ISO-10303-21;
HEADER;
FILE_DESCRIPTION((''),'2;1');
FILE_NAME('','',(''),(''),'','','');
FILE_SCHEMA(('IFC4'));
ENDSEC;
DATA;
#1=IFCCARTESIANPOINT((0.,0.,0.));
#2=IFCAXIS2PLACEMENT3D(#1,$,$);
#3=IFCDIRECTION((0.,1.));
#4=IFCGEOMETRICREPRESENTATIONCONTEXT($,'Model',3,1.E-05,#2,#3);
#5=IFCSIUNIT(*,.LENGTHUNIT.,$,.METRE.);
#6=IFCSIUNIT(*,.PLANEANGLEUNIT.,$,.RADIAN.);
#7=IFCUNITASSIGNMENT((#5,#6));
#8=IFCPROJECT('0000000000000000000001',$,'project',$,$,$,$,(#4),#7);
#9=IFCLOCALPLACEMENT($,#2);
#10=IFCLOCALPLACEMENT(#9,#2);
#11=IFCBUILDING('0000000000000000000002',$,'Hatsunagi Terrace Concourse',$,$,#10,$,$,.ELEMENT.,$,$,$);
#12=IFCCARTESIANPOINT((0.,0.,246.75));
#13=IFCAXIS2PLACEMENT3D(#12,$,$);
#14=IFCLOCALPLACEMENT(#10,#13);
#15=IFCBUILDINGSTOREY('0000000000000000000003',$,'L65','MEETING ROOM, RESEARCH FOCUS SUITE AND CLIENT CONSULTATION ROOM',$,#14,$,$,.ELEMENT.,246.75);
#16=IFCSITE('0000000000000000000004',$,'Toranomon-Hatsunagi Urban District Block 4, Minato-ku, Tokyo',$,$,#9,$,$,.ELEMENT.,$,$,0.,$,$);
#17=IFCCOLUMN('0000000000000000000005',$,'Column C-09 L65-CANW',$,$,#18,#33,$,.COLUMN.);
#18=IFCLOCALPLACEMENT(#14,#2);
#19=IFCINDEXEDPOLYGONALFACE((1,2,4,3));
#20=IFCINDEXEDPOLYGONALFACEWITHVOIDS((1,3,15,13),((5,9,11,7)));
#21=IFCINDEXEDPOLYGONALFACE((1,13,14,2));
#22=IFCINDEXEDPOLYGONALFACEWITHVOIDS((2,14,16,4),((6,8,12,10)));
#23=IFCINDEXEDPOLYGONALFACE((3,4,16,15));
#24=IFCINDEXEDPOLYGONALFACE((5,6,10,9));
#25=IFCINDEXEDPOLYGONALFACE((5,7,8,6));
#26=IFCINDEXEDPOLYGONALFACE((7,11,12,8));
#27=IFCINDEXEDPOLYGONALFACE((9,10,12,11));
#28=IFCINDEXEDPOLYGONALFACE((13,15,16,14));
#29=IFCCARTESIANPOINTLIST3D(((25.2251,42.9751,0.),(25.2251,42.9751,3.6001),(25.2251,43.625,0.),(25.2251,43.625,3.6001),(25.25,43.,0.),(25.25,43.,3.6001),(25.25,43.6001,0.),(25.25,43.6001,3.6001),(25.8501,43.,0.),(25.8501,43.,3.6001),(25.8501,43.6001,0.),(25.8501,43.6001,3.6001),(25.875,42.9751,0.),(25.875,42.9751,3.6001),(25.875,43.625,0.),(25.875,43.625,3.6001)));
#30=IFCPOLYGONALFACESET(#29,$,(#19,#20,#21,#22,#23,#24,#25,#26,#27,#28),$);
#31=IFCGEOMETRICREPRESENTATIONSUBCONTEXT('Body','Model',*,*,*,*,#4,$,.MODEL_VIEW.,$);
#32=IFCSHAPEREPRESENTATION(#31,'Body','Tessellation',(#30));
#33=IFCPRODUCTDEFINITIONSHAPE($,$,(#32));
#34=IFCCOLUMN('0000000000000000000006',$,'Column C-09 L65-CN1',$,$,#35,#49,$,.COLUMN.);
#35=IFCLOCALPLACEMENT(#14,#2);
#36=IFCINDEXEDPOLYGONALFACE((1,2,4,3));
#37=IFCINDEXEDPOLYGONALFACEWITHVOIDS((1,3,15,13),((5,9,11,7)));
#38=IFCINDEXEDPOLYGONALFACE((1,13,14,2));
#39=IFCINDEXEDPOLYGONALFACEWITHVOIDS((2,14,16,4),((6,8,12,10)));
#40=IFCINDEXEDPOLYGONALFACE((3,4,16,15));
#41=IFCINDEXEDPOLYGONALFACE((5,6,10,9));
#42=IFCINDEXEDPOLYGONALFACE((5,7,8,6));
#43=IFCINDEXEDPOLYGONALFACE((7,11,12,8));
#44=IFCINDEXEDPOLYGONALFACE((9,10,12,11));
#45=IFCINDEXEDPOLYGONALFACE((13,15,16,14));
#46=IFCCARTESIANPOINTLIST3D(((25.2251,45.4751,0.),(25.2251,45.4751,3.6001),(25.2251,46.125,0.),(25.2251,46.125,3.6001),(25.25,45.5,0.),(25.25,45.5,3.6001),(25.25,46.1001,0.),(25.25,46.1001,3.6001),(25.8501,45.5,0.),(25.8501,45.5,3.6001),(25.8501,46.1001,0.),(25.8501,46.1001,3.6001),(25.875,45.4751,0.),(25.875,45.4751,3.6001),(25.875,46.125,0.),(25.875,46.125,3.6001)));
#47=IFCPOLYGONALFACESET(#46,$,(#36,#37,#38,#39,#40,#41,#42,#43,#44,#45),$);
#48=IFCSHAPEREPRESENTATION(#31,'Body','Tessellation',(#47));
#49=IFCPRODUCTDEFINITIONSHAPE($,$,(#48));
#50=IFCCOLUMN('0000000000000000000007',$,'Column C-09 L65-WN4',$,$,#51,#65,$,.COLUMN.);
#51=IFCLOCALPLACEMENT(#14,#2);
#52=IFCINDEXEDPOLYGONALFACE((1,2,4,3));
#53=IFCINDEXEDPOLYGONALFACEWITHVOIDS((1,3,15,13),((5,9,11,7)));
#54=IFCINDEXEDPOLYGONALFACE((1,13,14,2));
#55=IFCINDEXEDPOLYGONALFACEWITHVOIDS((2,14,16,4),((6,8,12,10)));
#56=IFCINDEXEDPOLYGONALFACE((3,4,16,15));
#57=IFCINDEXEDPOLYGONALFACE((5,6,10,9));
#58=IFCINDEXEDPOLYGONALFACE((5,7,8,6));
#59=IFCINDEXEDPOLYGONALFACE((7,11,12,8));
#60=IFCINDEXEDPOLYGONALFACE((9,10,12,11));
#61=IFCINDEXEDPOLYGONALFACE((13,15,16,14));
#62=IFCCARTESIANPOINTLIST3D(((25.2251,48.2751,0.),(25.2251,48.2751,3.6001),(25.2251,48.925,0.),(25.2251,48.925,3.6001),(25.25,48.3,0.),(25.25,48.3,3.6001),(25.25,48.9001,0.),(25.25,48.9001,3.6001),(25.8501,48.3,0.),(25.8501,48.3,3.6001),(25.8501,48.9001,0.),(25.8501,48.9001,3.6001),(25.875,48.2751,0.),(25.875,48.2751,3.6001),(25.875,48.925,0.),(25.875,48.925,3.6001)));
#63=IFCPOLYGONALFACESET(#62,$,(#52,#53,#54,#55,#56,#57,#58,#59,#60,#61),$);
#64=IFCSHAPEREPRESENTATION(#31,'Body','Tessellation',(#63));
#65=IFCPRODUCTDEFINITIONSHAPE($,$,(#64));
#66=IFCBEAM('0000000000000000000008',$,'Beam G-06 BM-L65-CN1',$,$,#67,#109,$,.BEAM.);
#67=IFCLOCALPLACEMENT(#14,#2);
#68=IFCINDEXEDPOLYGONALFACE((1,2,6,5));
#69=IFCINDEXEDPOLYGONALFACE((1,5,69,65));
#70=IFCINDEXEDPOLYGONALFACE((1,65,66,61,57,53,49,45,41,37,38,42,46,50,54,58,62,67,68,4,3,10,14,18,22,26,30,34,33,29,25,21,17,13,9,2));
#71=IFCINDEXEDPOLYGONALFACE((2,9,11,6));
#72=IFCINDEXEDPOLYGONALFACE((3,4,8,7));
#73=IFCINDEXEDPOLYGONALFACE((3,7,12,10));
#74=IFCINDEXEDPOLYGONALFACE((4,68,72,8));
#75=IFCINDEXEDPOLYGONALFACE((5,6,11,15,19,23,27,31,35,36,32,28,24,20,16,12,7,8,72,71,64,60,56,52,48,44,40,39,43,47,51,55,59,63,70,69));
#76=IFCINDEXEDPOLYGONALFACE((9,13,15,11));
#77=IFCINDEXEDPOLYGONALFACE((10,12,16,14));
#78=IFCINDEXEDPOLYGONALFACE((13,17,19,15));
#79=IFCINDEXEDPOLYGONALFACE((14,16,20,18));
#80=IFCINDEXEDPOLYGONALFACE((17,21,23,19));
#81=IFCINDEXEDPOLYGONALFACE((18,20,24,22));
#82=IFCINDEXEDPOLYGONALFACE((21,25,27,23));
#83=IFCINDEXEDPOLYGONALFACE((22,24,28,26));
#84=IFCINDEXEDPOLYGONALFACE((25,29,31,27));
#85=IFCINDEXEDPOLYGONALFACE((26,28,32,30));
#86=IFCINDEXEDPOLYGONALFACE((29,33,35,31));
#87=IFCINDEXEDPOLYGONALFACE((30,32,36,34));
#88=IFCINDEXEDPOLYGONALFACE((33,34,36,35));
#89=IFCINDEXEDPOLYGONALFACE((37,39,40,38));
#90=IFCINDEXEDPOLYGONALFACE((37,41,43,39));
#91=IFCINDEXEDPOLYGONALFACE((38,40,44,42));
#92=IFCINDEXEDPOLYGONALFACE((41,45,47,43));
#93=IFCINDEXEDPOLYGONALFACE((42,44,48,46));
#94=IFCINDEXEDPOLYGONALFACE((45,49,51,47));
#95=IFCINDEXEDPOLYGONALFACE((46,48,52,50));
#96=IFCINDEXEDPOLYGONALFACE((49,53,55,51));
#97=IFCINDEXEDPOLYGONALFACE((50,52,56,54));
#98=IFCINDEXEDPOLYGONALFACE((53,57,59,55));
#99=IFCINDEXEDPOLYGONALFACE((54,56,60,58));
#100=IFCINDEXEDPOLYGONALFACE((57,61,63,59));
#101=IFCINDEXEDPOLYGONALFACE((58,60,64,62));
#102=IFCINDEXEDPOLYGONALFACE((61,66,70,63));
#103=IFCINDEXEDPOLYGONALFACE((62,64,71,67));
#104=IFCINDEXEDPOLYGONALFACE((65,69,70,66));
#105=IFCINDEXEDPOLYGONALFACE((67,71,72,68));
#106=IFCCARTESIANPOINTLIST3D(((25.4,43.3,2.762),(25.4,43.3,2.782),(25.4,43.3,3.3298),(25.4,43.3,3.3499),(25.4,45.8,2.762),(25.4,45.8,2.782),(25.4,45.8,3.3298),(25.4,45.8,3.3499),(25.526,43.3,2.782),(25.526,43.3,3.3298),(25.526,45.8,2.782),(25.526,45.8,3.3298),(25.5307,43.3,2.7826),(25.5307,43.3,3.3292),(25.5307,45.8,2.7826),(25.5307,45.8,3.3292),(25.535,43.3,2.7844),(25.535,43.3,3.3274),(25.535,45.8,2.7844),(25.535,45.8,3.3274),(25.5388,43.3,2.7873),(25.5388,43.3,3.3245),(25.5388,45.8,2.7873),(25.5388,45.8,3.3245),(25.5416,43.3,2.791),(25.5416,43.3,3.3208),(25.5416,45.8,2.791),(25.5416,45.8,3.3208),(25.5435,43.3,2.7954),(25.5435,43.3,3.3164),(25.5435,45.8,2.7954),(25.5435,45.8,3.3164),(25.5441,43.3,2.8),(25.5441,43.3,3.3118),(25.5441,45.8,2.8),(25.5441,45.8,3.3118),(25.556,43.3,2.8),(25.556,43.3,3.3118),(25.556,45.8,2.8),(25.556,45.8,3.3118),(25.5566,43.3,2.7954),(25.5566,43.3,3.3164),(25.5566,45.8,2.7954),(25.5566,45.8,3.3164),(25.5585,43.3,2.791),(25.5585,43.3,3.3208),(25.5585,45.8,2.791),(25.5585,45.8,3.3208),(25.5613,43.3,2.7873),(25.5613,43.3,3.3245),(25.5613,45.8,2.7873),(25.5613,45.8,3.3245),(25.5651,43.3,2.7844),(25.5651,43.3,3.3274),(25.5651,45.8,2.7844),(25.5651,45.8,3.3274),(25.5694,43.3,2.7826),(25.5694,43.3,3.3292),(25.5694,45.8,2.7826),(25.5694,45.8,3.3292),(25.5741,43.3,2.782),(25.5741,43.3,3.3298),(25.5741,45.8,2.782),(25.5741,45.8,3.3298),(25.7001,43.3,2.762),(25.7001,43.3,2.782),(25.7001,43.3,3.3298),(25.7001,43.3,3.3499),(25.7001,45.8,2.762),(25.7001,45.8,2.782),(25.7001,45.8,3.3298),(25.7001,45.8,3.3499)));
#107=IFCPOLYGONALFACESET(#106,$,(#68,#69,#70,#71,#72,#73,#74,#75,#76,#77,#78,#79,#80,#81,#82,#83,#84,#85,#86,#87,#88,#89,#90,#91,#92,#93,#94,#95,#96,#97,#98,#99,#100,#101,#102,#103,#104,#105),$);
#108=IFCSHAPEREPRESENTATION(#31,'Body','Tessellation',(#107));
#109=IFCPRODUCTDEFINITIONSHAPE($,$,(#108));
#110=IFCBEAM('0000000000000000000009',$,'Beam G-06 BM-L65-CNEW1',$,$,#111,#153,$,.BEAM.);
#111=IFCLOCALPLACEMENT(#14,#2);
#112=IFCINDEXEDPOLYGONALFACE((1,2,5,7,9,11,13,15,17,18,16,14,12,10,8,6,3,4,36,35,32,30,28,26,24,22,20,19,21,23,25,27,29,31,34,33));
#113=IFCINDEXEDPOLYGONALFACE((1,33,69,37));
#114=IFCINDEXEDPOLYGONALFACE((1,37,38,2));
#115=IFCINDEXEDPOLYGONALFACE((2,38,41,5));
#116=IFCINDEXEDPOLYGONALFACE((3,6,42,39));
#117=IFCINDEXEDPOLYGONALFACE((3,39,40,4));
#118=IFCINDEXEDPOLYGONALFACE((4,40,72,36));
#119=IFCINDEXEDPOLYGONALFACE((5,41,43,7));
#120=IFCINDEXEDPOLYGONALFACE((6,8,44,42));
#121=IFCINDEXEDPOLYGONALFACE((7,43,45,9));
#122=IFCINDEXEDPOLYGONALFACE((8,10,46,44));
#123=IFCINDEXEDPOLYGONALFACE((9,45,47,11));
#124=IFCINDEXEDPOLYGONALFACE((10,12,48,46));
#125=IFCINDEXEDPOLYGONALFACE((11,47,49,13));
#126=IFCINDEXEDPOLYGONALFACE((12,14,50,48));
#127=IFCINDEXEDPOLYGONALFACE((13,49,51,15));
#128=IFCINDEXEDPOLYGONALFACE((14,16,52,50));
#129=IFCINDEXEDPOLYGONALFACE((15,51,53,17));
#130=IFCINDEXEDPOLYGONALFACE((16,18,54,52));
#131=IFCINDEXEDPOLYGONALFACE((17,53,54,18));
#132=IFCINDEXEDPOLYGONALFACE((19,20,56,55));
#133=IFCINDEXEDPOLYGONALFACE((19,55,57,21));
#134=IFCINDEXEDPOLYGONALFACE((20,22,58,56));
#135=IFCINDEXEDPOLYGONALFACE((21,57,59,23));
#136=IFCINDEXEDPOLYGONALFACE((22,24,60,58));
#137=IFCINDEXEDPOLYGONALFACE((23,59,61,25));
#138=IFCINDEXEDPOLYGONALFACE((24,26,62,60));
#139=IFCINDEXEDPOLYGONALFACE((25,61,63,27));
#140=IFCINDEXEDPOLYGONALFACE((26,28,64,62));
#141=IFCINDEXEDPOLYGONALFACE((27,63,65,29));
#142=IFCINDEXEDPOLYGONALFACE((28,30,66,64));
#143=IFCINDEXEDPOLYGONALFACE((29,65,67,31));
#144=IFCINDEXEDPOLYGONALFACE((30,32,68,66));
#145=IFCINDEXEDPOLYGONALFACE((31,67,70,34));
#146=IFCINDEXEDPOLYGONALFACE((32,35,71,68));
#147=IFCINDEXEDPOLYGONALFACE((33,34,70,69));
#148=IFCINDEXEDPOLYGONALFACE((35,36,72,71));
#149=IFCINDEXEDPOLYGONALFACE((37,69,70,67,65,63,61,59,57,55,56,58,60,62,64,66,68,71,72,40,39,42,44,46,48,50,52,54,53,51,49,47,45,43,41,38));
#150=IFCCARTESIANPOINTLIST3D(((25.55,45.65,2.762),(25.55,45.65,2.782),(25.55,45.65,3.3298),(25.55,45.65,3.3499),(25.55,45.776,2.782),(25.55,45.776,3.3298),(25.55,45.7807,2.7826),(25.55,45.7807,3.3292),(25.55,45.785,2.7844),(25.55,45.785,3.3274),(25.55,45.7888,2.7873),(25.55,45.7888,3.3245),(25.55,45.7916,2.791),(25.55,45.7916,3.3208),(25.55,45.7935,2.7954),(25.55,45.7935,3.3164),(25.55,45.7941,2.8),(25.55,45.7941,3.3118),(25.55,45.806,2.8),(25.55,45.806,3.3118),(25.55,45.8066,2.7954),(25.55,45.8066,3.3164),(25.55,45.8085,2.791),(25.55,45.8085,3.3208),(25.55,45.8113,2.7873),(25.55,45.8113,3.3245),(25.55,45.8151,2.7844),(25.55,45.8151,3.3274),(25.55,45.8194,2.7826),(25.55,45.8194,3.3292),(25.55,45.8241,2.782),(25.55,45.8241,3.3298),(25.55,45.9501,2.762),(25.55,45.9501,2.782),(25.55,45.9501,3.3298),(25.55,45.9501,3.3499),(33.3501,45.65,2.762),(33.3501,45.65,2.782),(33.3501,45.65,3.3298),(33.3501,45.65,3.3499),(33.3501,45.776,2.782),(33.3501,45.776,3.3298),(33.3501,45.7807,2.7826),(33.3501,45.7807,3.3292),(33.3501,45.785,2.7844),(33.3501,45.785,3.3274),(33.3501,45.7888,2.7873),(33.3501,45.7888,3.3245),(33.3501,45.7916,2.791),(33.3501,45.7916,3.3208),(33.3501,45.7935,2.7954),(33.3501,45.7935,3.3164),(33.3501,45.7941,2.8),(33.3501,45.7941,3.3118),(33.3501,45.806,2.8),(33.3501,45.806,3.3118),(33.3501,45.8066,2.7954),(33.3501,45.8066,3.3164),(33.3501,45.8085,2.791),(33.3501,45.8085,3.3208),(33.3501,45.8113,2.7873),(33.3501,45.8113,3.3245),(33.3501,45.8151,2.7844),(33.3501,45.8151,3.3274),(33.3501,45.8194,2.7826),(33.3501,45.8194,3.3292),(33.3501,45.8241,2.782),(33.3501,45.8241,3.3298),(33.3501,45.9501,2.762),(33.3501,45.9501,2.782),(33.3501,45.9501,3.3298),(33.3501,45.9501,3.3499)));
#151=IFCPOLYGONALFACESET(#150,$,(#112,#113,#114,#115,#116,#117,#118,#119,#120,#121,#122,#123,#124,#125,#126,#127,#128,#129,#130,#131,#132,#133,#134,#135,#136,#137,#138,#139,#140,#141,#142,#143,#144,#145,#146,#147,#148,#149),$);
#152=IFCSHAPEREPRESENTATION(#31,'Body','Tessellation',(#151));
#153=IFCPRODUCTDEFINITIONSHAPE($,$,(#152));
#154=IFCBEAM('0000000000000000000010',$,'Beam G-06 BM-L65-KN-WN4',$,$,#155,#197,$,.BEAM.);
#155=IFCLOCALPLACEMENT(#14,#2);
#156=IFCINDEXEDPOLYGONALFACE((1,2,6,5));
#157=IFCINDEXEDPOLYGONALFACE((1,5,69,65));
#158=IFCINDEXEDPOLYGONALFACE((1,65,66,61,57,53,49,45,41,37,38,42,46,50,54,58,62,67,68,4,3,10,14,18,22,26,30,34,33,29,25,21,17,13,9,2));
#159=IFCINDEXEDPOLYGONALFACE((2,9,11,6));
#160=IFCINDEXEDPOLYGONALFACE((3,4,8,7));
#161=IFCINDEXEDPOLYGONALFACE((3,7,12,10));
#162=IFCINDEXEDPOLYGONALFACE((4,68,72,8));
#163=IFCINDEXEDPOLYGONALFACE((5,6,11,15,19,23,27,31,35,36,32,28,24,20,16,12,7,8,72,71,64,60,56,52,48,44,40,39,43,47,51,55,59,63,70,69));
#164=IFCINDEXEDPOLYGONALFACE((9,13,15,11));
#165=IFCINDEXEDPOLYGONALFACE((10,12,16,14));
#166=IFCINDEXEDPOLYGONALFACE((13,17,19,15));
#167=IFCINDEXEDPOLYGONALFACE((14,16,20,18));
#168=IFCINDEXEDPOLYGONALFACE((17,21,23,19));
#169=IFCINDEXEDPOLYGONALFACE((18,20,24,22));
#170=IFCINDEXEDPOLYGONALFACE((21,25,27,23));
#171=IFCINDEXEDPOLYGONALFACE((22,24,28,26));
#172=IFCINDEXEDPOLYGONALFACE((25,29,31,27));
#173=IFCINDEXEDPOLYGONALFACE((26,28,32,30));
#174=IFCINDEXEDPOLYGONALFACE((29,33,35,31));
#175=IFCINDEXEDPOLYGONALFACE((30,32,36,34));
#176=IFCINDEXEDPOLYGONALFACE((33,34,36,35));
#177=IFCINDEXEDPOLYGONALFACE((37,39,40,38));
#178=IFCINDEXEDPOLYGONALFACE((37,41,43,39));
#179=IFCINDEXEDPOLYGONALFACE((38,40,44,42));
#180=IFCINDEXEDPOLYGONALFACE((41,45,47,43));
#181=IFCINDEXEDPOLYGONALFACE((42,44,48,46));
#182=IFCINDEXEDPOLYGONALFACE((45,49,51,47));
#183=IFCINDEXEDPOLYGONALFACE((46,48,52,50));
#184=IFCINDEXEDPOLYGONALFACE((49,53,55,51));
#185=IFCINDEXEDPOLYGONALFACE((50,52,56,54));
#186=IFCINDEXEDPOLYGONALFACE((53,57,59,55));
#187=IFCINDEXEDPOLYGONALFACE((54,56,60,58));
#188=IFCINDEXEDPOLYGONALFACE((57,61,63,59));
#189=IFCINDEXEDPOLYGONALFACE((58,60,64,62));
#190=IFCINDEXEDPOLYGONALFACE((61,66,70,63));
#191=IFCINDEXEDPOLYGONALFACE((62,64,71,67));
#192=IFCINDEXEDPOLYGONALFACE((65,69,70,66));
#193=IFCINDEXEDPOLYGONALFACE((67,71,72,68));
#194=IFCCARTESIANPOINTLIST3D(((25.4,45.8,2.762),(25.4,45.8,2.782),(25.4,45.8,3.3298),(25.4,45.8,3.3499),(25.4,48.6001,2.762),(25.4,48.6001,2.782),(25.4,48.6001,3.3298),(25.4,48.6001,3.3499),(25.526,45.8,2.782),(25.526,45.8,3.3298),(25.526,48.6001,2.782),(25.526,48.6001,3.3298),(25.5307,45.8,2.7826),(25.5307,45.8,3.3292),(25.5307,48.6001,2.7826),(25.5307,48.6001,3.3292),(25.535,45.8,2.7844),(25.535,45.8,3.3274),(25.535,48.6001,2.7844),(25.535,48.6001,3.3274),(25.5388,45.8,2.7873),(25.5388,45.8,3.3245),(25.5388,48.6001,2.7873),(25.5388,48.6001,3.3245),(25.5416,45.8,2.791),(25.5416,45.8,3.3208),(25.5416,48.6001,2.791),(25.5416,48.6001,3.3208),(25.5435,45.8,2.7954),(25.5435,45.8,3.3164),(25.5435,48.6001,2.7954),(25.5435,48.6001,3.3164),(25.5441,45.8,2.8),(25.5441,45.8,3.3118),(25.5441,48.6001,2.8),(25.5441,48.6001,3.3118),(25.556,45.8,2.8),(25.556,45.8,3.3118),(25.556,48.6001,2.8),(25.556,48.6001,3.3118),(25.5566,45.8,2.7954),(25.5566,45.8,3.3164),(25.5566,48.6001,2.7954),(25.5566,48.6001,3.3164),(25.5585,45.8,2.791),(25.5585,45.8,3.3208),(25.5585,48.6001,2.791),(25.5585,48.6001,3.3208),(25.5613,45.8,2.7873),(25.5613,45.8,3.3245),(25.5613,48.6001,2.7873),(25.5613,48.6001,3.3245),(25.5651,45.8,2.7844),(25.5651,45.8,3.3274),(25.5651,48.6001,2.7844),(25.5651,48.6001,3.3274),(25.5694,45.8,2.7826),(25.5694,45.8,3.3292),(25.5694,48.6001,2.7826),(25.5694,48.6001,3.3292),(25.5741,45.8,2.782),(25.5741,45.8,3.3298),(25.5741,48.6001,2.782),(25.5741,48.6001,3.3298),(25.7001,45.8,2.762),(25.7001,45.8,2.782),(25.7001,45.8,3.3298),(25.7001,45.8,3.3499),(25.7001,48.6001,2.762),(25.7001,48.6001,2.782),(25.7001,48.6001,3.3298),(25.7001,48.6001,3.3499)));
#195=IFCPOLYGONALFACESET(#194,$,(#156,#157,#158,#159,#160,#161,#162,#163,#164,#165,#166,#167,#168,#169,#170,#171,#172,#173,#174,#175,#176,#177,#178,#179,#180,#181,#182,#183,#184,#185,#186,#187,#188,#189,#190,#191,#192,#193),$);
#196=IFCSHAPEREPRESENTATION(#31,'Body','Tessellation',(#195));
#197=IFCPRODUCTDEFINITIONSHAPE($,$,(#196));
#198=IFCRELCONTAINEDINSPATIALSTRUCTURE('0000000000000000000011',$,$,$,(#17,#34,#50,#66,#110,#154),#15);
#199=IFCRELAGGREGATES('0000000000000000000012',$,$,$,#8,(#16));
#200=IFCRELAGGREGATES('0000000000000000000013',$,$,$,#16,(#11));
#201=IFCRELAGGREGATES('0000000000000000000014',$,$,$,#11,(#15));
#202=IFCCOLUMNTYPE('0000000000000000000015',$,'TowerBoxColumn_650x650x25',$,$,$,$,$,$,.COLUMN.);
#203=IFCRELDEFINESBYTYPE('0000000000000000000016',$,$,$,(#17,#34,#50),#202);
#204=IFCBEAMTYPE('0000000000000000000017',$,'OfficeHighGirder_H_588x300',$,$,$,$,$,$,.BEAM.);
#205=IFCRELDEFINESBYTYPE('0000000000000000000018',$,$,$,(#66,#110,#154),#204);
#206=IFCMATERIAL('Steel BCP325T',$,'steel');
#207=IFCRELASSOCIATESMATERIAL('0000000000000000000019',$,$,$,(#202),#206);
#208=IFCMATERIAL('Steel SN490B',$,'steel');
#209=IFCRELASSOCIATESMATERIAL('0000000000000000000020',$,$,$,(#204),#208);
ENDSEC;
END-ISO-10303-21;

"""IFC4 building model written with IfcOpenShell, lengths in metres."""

from ifc_helpers import new_model, si_unit, direction, frame, origin, origin_2d, place, context, subcontext, project, spatial, hollow_rectangle, i_section, extrude, material, material_profile, profile_set, type_object, element, save


model = new_model("IFC4")

# Units and contexts
model_context = context("Model", 3, precision=1e-05, world=origin(), true_north=direction((0.0, 1.0)))
body_context = subcontext(model_context, "Body", "Model", "MODEL_VIEW")
ifc_project = project(units=[si_unit("LENGTHUNIT", "METRE"), si_unit("PLANEANGLEUNIT", "RADIAN")], contexts=[model_context])

# Site, building, storey
site_placement = place(None, origin())
site = spatial("IfcSite", under=ifc_project, at=site_placement, Name="Toranomon-Hatsunagi Urban District Block 4, Minato-ku, Tokyo", CompositionType="ELEMENT", RefElevation=0.0)
building_placement = place(site_placement, origin())
building = spatial("IfcBuilding", under=site, at=building_placement, Name="Hatsunagi Terrace Concourse", CompositionType="ELEMENT")
storey_placement = place(building_placement, frame((0.0, 0.0, 246.75)))
storey = spatial("IfcBuildingStorey", under=building, at=storey_placement, Name="L65", Description="MEETING ROOM, RESEARCH FOCUS SUITE AND CLIENT CONSULTATION ROOM", CompositionType="ELEMENT", Elevation=246.75)

# Columns
ifc_material_1 = material(Name="Steel BCP325T", Category="steel")
ifc_material_profile_1 = material_profile(ifc_material_1, hollow_rectangle(XDim=0.6499, YDim=0.6499, WallThickness=0.0249, at=origin_2d()), Name="BCP-650x650x25")
ifc_profile_set_1 = profile_set([ifc_material_profile_1], Name="Steel BCP325T")
column_type = type_object("IfcColumnType", Name="TowerBoxColumn_650x650x25", PredefinedType="COLUMN", material=ifc_profile_set_1)
for number, where, z_axis, x_axis, name in (
    (1, (25.55, 43.3, 0.0), (0.0, 0.0, 1.0), (1.0, 0.0, 0.0), "Column C-09 L65-CANW"),
    (2, (25.55, 45.8, 0.0), (0.0, 0.0, 1.0), (1.0, 0.0, 0.0), "Column C-09 L65-CN1"),
    (3, (25.55, 48.6001, 0.0), (0.0, 0.0, 1.0), (1.0, 0.0, 0.0), "Column C-09 L65-WN4"),
):
    element("IfcColumn", number, at=place(storey_placement, frame(where, z_axis=z_axis, x_axis=x_axis)), inside=storey, type_object=column_type, Name=name, PredefinedType="COLUMN", context=body_context, shape_type="SweptSolid", body=[
        extrude(hollow_rectangle(XDim=0.6499, YDim=0.6499, WallThickness=0.0249, at=origin_2d()), origin(), (0.0, 0.0, 1.0), 3.6001),
    ])

# Beams
ifc_material_2 = material(Name="Steel SN490B", Category="steel")
ifc_material_profile_2 = material_profile(ifc_material_2, i_section(OverallWidth=0.3, OverallDepth=0.5879, WebThickness=0.012, FlangeThickness=0.02, FilletRadius=0.0181, at=origin_2d()), Name="H-588x300x12x20")
ifc_profile_set_2 = profile_set([ifc_material_profile_2], Name="Steel SN490B")
beam_type_1 = type_object("IfcBeamType", Name="OfficeHighGirder_H_588x300", PredefinedType="BEAM", material=ifc_profile_set_2)
beam_1_placement = place(storey_placement, frame((25.55, 43.3, 3.0559), z_axis=(0.0, 1.0, 0.0), x_axis=(-1.0, 0.0, 0.0)))
element("IfcBeam", 4, at=beam_1_placement, inside=storey, type_object=beam_type_1, Name="Beam G-06 BM-L65-CN1", PredefinedType="BEAM", context=body_context, shape_type="SweptSolid", body=[
    extrude(i_section(OverallWidth=0.3, OverallDepth=0.5879, WebThickness=0.012, FlangeThickness=0.02, FilletRadius=0.0181, at=origin_2d()), origin(), (0.0, 0.0, 1.0), 2.5),
])
beam_2_placement = place(storey_placement, frame((25.55, 45.8, 3.0559), z_axis=(1.0, 0.0, 0.0), x_axis=(0.0, 1.0, 0.0)))
element("IfcBeam", 5, at=beam_2_placement, inside=storey, type_object=beam_type_1, Name="Beam G-06 BM-L65-CNEW1", PredefinedType="BEAM", context=body_context, shape_type="SweptSolid", body=[
    extrude(i_section(OverallWidth=0.3, OverallDepth=0.5879, WebThickness=0.012, FlangeThickness=0.02, FilletRadius=0.0181, at=origin_2d()), origin(), (0.0, 0.0, 1.0), 7.8),
])
beam_3_placement = place(storey_placement, frame((25.55, 45.8, 3.0559), z_axis=(0.0, 1.0, 0.0), x_axis=(-1.0, 0.0, 0.0)))
element("IfcBeam", 6, at=beam_3_placement, inside=storey, type_object=beam_type_1, Name="Beam G-06 BM-L65-KN-WN4", PredefinedType="BEAM", context=body_context, shape_type="SweptSolid", body=[
    extrude(i_section(OverallWidth=0.3, OverallDepth=0.5879, WebThickness=0.012, FlangeThickness=0.02, FilletRadius=0.0181, at=origin_2d()), origin(), (0.0, 0.0, 1.0), 2.8),
])

save(model, "model.ifc")
